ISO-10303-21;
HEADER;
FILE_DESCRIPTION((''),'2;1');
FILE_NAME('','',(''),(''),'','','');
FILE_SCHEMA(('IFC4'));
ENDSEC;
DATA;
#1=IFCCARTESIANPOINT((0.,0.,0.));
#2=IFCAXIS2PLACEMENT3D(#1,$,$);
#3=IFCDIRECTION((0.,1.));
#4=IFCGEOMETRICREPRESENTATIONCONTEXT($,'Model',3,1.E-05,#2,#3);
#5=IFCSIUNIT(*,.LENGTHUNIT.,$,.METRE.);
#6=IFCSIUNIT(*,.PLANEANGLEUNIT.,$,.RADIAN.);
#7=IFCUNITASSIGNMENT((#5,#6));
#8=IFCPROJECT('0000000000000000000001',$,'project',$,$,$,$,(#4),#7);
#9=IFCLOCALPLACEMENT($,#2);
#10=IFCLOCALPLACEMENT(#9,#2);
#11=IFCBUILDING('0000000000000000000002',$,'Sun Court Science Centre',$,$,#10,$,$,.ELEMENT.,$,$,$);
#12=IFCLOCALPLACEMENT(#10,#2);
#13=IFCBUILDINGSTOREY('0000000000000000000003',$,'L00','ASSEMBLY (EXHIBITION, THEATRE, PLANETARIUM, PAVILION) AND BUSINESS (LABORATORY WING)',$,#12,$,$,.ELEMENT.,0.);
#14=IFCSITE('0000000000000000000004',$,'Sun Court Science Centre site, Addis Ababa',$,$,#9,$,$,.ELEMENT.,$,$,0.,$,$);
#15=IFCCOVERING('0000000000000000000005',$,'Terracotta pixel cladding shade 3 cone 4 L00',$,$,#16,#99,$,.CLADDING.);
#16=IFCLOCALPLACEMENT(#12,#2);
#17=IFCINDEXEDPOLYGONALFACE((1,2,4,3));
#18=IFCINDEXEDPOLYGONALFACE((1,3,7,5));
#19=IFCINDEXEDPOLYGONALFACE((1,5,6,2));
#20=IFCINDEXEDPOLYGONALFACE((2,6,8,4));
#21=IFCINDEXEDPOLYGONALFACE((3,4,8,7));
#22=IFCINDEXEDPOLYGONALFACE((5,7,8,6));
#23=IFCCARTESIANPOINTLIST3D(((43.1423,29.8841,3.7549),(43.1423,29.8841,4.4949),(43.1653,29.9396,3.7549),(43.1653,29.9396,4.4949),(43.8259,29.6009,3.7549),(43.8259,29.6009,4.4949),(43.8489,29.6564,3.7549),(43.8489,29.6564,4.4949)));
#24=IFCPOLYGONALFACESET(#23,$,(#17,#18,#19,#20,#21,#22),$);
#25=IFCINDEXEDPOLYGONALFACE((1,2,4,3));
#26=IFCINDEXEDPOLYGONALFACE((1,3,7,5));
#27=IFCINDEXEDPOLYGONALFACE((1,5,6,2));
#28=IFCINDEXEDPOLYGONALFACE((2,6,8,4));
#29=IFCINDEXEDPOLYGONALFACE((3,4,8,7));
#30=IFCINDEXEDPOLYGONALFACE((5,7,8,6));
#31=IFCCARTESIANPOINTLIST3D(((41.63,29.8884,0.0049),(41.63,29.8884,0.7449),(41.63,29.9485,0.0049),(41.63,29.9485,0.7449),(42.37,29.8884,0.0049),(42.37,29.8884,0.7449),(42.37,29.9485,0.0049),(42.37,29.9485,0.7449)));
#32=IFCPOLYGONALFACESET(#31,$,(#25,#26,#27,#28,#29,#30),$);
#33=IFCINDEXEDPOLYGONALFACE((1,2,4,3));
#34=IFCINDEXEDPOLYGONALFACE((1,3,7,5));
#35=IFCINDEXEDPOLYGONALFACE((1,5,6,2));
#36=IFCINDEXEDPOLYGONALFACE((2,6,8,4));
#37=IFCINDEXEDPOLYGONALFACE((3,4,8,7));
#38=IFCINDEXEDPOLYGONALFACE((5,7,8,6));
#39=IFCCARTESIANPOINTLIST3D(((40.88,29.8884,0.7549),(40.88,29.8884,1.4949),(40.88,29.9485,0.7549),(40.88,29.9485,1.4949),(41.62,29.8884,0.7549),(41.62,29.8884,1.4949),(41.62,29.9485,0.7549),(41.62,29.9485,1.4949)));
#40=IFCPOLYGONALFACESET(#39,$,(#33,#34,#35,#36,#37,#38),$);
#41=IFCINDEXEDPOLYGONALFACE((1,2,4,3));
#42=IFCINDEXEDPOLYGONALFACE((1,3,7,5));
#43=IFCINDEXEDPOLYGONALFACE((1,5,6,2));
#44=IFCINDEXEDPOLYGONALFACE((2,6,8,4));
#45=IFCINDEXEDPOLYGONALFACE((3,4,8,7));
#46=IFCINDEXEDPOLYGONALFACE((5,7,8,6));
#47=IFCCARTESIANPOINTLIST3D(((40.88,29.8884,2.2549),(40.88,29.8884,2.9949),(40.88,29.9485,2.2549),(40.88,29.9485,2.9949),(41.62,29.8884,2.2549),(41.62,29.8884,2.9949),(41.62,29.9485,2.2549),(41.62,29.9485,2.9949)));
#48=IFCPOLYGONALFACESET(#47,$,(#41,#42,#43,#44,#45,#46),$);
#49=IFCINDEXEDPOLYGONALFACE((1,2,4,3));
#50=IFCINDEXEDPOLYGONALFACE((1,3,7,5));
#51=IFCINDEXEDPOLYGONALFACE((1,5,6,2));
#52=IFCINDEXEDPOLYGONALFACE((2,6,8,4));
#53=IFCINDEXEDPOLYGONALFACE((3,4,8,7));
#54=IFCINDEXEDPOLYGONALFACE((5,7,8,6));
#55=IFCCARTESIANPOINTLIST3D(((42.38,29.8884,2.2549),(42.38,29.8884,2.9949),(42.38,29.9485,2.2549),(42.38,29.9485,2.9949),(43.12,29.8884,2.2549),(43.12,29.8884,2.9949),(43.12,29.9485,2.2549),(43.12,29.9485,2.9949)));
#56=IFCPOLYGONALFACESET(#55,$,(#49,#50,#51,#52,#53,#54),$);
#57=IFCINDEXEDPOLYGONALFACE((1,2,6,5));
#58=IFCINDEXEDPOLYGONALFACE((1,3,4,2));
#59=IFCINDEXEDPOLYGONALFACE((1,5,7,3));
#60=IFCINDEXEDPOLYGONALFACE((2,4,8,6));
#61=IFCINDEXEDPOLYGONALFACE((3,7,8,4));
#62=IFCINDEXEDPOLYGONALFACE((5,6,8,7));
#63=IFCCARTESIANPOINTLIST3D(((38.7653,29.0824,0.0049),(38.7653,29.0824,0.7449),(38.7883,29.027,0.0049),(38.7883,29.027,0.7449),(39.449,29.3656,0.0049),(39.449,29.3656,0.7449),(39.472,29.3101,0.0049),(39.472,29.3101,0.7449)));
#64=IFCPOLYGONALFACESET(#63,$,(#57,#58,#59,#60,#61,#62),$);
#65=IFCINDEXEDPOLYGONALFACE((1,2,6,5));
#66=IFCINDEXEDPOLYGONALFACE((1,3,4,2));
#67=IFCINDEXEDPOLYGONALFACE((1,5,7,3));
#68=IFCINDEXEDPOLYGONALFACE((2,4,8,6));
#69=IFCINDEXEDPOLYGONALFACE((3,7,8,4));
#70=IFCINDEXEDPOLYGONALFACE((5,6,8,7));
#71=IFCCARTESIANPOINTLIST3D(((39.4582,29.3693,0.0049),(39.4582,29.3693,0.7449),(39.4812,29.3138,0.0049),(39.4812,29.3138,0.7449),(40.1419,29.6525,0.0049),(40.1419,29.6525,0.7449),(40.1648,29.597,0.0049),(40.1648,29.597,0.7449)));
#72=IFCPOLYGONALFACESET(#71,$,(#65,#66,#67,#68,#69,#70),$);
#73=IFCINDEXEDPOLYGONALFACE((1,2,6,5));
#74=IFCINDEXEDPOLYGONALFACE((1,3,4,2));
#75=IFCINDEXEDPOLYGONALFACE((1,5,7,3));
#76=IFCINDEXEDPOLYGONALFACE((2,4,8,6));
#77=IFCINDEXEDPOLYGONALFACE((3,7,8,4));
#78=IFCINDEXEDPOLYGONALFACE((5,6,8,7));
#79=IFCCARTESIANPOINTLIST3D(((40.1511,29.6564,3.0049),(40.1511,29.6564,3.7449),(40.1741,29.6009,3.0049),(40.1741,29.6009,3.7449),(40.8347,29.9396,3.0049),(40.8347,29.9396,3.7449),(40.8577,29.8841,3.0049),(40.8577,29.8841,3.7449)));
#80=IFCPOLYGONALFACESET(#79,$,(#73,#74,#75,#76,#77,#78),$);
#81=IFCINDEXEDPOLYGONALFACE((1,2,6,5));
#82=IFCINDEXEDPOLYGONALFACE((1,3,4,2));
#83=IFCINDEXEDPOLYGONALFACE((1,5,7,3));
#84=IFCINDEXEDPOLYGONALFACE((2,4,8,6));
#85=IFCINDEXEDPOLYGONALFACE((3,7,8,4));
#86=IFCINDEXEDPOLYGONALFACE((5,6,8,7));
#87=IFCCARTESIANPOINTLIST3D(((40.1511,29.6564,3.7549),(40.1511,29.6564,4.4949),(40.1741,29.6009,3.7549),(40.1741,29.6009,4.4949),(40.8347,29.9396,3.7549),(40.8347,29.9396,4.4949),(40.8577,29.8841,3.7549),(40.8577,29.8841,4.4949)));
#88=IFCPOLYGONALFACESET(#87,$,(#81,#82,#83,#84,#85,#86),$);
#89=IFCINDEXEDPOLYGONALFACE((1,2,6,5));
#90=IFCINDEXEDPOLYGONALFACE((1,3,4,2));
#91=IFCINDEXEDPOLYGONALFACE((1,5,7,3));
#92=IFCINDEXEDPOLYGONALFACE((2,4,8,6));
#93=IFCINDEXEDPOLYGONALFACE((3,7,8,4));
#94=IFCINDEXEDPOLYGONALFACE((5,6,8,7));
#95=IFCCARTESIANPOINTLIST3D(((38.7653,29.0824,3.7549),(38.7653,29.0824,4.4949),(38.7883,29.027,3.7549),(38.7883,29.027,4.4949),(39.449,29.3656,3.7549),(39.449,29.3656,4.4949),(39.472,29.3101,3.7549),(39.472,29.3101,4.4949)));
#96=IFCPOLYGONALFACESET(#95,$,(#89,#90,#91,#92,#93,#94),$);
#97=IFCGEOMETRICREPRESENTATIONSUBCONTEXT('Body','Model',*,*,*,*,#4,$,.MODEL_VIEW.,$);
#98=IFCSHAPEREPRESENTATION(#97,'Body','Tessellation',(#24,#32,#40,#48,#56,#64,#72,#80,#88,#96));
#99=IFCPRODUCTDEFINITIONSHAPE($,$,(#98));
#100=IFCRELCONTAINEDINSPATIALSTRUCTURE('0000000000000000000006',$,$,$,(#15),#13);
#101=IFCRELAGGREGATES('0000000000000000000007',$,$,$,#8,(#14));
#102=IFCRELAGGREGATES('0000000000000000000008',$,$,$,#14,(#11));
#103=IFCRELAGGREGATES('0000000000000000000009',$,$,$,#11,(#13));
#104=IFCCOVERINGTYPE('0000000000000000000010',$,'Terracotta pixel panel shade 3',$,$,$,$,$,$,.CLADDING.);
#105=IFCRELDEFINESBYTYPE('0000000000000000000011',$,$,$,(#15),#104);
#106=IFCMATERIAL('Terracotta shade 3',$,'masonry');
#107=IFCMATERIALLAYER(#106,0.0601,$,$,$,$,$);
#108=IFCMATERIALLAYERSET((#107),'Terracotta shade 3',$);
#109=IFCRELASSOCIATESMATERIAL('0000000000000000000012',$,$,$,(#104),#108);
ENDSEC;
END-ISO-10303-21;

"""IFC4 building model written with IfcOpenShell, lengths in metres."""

from ifc_helpers import new_model, si_unit, direction, frame, origin, origin_2d, place, context, subcontext, project, spatial, rectangle, extrude, material, layer, layer_set, type_object, element, save


model = new_model("IFC4")

# Units and contexts
model_context = context("Model", 3, precision=1e-05, world=origin(), true_north=direction((0.0, 1.0)))
body_context = subcontext(model_context, "Body", "Model", "MODEL_VIEW")
ifc_project = project(units=[si_unit("LENGTHUNIT", "METRE"), si_unit("PLANEANGLEUNIT", "RADIAN")], contexts=[model_context])

# Site, building, storey
site_placement = place(None, origin())
site = spatial("IfcSite", under=ifc_project, at=site_placement, Name="Sun Court Science Centre site, Addis Ababa", CompositionType="ELEMENT", RefElevation=0.0)
building_placement = place(site_placement, origin())
building = spatial("IfcBuilding", under=site, at=building_placement, Name="Sun Court Science Centre", CompositionType="ELEMENT")
storey_placement = place(building_placement, origin())
storey = spatial("IfcBuildingStorey", under=building, at=storey_placement, Name="L00", Description="ASSEMBLY (EXHIBITION, THEATRE, PLANETARIUM, PAVILION) AND BUSINESS (LABORATORY WING)", CompositionType="ELEMENT", Elevation=0.0)

# Covering
ifc_material_1 = material(Name="Terracotta shade 3", Category="masonry")
ifc_layer_1 = layer(ifc_material_1, 0.0601)
ifc_layer_set_1 = layer_set([ifc_layer_1], Name="Terracotta shade 3")
covering_type_1 = type_object("IfcCoveringType", Name="Terracotta pixel panel shade 3", PredefinedType="CLADDING", material=ifc_layer_set_1)
covering_1_placement = place(storey_placement, origin())
element("IfcCovering", 1, at=covering_1_placement, inside=storey, type_object=covering_type_1, Name="Terracotta pixel cladding shade 3 cone 4 L00", PredefinedType="CLADDING", context=body_context, shape_type="SweptSolid", body=[
    extrude(rectangle(XDim=0.74, YDim=0.0601, at=origin_2d()), frame((43.4956, 29.7703, 3.7549), z_axis=(0.0, 0.0, 1.0), x_axis=(0.92388, -0.382683, 0.0)), (0.0, 0.0, 1.0), 0.74),
    extrude(rectangle(XDim=0.74, YDim=0.0601, at=origin_2d()), frame((42.0, 29.9185, 0.0049), z_axis=(0.0, 0.0, 1.0), x_axis=(1.0, 0.0, 0.0)), (0.0, 0.0, 1.0), 0.74),
    extrude(rectangle(XDim=0.74, YDim=0.0601, at=origin_2d()), frame((41.25, 29.9185, 0.7549), z_axis=(0.0, 0.0, 1.0), x_axis=(1.0, 0.0, 0.0)), (0.0, 0.0, 1.0), 0.74),
    extrude(rectangle(XDim=0.74, YDim=0.0601, at=origin_2d()), frame((41.25, 29.9185, 2.2549), z_axis=(0.0, 0.0, 1.0), x_axis=(1.0, 0.0, 0.0)), (0.0, 0.0, 1.0), 0.74),
    extrude(rectangle(XDim=0.74, YDim=0.0601, at=origin_2d()), frame((42.75, 29.9185, 2.2549), z_axis=(0.0, 0.0, 1.0), x_axis=(1.0, 0.0, 0.0)), (0.0, 0.0, 1.0), 0.74),
    extrude(rectangle(XDim=0.74, YDim=0.0601, at=origin_2d()), frame((39.1187, 29.1963, 0.0049), z_axis=(0.0, 0.0, 1.0), x_axis=(0.92388, 0.382683, 0.0)), (0.0, 0.0, 1.0), 0.74),
    extrude(rectangle(XDim=0.74, YDim=0.0601, at=origin_2d()), frame((39.8115, 29.4832, 0.0049), z_axis=(0.0, 0.0, 1.0), x_axis=(0.92388, 0.382683, 0.0)), (0.0, 0.0, 1.0), 0.74),
    extrude(rectangle(XDim=0.74, YDim=0.0601, at=origin_2d()), frame((40.5044, 29.7703, 3.0049), z_axis=(0.0, 0.0, 1.0), x_axis=(0.92388, 0.382683, 0.0)), (0.0, 0.0, 1.0), 0.74),
    extrude(rectangle(XDim=0.74, YDim=0.0601, at=origin_2d()), frame((40.5044, 29.7703, 3.7549), z_axis=(0.0, 0.0, 1.0), x_axis=(0.92388, 0.382683, 0.0)), (0.0, 0.0, 1.0), 0.74),
    extrude(rectangle(XDim=0.74, YDim=0.0601, at=origin_2d()), frame((39.1187, 29.1963, 3.7549), z_axis=(0.0, 0.0, 1.0), x_axis=(0.92388, 0.382683, 0.0)), (0.0, 0.0, 1.0), 0.74),
])

save(model, "model.ifc")
